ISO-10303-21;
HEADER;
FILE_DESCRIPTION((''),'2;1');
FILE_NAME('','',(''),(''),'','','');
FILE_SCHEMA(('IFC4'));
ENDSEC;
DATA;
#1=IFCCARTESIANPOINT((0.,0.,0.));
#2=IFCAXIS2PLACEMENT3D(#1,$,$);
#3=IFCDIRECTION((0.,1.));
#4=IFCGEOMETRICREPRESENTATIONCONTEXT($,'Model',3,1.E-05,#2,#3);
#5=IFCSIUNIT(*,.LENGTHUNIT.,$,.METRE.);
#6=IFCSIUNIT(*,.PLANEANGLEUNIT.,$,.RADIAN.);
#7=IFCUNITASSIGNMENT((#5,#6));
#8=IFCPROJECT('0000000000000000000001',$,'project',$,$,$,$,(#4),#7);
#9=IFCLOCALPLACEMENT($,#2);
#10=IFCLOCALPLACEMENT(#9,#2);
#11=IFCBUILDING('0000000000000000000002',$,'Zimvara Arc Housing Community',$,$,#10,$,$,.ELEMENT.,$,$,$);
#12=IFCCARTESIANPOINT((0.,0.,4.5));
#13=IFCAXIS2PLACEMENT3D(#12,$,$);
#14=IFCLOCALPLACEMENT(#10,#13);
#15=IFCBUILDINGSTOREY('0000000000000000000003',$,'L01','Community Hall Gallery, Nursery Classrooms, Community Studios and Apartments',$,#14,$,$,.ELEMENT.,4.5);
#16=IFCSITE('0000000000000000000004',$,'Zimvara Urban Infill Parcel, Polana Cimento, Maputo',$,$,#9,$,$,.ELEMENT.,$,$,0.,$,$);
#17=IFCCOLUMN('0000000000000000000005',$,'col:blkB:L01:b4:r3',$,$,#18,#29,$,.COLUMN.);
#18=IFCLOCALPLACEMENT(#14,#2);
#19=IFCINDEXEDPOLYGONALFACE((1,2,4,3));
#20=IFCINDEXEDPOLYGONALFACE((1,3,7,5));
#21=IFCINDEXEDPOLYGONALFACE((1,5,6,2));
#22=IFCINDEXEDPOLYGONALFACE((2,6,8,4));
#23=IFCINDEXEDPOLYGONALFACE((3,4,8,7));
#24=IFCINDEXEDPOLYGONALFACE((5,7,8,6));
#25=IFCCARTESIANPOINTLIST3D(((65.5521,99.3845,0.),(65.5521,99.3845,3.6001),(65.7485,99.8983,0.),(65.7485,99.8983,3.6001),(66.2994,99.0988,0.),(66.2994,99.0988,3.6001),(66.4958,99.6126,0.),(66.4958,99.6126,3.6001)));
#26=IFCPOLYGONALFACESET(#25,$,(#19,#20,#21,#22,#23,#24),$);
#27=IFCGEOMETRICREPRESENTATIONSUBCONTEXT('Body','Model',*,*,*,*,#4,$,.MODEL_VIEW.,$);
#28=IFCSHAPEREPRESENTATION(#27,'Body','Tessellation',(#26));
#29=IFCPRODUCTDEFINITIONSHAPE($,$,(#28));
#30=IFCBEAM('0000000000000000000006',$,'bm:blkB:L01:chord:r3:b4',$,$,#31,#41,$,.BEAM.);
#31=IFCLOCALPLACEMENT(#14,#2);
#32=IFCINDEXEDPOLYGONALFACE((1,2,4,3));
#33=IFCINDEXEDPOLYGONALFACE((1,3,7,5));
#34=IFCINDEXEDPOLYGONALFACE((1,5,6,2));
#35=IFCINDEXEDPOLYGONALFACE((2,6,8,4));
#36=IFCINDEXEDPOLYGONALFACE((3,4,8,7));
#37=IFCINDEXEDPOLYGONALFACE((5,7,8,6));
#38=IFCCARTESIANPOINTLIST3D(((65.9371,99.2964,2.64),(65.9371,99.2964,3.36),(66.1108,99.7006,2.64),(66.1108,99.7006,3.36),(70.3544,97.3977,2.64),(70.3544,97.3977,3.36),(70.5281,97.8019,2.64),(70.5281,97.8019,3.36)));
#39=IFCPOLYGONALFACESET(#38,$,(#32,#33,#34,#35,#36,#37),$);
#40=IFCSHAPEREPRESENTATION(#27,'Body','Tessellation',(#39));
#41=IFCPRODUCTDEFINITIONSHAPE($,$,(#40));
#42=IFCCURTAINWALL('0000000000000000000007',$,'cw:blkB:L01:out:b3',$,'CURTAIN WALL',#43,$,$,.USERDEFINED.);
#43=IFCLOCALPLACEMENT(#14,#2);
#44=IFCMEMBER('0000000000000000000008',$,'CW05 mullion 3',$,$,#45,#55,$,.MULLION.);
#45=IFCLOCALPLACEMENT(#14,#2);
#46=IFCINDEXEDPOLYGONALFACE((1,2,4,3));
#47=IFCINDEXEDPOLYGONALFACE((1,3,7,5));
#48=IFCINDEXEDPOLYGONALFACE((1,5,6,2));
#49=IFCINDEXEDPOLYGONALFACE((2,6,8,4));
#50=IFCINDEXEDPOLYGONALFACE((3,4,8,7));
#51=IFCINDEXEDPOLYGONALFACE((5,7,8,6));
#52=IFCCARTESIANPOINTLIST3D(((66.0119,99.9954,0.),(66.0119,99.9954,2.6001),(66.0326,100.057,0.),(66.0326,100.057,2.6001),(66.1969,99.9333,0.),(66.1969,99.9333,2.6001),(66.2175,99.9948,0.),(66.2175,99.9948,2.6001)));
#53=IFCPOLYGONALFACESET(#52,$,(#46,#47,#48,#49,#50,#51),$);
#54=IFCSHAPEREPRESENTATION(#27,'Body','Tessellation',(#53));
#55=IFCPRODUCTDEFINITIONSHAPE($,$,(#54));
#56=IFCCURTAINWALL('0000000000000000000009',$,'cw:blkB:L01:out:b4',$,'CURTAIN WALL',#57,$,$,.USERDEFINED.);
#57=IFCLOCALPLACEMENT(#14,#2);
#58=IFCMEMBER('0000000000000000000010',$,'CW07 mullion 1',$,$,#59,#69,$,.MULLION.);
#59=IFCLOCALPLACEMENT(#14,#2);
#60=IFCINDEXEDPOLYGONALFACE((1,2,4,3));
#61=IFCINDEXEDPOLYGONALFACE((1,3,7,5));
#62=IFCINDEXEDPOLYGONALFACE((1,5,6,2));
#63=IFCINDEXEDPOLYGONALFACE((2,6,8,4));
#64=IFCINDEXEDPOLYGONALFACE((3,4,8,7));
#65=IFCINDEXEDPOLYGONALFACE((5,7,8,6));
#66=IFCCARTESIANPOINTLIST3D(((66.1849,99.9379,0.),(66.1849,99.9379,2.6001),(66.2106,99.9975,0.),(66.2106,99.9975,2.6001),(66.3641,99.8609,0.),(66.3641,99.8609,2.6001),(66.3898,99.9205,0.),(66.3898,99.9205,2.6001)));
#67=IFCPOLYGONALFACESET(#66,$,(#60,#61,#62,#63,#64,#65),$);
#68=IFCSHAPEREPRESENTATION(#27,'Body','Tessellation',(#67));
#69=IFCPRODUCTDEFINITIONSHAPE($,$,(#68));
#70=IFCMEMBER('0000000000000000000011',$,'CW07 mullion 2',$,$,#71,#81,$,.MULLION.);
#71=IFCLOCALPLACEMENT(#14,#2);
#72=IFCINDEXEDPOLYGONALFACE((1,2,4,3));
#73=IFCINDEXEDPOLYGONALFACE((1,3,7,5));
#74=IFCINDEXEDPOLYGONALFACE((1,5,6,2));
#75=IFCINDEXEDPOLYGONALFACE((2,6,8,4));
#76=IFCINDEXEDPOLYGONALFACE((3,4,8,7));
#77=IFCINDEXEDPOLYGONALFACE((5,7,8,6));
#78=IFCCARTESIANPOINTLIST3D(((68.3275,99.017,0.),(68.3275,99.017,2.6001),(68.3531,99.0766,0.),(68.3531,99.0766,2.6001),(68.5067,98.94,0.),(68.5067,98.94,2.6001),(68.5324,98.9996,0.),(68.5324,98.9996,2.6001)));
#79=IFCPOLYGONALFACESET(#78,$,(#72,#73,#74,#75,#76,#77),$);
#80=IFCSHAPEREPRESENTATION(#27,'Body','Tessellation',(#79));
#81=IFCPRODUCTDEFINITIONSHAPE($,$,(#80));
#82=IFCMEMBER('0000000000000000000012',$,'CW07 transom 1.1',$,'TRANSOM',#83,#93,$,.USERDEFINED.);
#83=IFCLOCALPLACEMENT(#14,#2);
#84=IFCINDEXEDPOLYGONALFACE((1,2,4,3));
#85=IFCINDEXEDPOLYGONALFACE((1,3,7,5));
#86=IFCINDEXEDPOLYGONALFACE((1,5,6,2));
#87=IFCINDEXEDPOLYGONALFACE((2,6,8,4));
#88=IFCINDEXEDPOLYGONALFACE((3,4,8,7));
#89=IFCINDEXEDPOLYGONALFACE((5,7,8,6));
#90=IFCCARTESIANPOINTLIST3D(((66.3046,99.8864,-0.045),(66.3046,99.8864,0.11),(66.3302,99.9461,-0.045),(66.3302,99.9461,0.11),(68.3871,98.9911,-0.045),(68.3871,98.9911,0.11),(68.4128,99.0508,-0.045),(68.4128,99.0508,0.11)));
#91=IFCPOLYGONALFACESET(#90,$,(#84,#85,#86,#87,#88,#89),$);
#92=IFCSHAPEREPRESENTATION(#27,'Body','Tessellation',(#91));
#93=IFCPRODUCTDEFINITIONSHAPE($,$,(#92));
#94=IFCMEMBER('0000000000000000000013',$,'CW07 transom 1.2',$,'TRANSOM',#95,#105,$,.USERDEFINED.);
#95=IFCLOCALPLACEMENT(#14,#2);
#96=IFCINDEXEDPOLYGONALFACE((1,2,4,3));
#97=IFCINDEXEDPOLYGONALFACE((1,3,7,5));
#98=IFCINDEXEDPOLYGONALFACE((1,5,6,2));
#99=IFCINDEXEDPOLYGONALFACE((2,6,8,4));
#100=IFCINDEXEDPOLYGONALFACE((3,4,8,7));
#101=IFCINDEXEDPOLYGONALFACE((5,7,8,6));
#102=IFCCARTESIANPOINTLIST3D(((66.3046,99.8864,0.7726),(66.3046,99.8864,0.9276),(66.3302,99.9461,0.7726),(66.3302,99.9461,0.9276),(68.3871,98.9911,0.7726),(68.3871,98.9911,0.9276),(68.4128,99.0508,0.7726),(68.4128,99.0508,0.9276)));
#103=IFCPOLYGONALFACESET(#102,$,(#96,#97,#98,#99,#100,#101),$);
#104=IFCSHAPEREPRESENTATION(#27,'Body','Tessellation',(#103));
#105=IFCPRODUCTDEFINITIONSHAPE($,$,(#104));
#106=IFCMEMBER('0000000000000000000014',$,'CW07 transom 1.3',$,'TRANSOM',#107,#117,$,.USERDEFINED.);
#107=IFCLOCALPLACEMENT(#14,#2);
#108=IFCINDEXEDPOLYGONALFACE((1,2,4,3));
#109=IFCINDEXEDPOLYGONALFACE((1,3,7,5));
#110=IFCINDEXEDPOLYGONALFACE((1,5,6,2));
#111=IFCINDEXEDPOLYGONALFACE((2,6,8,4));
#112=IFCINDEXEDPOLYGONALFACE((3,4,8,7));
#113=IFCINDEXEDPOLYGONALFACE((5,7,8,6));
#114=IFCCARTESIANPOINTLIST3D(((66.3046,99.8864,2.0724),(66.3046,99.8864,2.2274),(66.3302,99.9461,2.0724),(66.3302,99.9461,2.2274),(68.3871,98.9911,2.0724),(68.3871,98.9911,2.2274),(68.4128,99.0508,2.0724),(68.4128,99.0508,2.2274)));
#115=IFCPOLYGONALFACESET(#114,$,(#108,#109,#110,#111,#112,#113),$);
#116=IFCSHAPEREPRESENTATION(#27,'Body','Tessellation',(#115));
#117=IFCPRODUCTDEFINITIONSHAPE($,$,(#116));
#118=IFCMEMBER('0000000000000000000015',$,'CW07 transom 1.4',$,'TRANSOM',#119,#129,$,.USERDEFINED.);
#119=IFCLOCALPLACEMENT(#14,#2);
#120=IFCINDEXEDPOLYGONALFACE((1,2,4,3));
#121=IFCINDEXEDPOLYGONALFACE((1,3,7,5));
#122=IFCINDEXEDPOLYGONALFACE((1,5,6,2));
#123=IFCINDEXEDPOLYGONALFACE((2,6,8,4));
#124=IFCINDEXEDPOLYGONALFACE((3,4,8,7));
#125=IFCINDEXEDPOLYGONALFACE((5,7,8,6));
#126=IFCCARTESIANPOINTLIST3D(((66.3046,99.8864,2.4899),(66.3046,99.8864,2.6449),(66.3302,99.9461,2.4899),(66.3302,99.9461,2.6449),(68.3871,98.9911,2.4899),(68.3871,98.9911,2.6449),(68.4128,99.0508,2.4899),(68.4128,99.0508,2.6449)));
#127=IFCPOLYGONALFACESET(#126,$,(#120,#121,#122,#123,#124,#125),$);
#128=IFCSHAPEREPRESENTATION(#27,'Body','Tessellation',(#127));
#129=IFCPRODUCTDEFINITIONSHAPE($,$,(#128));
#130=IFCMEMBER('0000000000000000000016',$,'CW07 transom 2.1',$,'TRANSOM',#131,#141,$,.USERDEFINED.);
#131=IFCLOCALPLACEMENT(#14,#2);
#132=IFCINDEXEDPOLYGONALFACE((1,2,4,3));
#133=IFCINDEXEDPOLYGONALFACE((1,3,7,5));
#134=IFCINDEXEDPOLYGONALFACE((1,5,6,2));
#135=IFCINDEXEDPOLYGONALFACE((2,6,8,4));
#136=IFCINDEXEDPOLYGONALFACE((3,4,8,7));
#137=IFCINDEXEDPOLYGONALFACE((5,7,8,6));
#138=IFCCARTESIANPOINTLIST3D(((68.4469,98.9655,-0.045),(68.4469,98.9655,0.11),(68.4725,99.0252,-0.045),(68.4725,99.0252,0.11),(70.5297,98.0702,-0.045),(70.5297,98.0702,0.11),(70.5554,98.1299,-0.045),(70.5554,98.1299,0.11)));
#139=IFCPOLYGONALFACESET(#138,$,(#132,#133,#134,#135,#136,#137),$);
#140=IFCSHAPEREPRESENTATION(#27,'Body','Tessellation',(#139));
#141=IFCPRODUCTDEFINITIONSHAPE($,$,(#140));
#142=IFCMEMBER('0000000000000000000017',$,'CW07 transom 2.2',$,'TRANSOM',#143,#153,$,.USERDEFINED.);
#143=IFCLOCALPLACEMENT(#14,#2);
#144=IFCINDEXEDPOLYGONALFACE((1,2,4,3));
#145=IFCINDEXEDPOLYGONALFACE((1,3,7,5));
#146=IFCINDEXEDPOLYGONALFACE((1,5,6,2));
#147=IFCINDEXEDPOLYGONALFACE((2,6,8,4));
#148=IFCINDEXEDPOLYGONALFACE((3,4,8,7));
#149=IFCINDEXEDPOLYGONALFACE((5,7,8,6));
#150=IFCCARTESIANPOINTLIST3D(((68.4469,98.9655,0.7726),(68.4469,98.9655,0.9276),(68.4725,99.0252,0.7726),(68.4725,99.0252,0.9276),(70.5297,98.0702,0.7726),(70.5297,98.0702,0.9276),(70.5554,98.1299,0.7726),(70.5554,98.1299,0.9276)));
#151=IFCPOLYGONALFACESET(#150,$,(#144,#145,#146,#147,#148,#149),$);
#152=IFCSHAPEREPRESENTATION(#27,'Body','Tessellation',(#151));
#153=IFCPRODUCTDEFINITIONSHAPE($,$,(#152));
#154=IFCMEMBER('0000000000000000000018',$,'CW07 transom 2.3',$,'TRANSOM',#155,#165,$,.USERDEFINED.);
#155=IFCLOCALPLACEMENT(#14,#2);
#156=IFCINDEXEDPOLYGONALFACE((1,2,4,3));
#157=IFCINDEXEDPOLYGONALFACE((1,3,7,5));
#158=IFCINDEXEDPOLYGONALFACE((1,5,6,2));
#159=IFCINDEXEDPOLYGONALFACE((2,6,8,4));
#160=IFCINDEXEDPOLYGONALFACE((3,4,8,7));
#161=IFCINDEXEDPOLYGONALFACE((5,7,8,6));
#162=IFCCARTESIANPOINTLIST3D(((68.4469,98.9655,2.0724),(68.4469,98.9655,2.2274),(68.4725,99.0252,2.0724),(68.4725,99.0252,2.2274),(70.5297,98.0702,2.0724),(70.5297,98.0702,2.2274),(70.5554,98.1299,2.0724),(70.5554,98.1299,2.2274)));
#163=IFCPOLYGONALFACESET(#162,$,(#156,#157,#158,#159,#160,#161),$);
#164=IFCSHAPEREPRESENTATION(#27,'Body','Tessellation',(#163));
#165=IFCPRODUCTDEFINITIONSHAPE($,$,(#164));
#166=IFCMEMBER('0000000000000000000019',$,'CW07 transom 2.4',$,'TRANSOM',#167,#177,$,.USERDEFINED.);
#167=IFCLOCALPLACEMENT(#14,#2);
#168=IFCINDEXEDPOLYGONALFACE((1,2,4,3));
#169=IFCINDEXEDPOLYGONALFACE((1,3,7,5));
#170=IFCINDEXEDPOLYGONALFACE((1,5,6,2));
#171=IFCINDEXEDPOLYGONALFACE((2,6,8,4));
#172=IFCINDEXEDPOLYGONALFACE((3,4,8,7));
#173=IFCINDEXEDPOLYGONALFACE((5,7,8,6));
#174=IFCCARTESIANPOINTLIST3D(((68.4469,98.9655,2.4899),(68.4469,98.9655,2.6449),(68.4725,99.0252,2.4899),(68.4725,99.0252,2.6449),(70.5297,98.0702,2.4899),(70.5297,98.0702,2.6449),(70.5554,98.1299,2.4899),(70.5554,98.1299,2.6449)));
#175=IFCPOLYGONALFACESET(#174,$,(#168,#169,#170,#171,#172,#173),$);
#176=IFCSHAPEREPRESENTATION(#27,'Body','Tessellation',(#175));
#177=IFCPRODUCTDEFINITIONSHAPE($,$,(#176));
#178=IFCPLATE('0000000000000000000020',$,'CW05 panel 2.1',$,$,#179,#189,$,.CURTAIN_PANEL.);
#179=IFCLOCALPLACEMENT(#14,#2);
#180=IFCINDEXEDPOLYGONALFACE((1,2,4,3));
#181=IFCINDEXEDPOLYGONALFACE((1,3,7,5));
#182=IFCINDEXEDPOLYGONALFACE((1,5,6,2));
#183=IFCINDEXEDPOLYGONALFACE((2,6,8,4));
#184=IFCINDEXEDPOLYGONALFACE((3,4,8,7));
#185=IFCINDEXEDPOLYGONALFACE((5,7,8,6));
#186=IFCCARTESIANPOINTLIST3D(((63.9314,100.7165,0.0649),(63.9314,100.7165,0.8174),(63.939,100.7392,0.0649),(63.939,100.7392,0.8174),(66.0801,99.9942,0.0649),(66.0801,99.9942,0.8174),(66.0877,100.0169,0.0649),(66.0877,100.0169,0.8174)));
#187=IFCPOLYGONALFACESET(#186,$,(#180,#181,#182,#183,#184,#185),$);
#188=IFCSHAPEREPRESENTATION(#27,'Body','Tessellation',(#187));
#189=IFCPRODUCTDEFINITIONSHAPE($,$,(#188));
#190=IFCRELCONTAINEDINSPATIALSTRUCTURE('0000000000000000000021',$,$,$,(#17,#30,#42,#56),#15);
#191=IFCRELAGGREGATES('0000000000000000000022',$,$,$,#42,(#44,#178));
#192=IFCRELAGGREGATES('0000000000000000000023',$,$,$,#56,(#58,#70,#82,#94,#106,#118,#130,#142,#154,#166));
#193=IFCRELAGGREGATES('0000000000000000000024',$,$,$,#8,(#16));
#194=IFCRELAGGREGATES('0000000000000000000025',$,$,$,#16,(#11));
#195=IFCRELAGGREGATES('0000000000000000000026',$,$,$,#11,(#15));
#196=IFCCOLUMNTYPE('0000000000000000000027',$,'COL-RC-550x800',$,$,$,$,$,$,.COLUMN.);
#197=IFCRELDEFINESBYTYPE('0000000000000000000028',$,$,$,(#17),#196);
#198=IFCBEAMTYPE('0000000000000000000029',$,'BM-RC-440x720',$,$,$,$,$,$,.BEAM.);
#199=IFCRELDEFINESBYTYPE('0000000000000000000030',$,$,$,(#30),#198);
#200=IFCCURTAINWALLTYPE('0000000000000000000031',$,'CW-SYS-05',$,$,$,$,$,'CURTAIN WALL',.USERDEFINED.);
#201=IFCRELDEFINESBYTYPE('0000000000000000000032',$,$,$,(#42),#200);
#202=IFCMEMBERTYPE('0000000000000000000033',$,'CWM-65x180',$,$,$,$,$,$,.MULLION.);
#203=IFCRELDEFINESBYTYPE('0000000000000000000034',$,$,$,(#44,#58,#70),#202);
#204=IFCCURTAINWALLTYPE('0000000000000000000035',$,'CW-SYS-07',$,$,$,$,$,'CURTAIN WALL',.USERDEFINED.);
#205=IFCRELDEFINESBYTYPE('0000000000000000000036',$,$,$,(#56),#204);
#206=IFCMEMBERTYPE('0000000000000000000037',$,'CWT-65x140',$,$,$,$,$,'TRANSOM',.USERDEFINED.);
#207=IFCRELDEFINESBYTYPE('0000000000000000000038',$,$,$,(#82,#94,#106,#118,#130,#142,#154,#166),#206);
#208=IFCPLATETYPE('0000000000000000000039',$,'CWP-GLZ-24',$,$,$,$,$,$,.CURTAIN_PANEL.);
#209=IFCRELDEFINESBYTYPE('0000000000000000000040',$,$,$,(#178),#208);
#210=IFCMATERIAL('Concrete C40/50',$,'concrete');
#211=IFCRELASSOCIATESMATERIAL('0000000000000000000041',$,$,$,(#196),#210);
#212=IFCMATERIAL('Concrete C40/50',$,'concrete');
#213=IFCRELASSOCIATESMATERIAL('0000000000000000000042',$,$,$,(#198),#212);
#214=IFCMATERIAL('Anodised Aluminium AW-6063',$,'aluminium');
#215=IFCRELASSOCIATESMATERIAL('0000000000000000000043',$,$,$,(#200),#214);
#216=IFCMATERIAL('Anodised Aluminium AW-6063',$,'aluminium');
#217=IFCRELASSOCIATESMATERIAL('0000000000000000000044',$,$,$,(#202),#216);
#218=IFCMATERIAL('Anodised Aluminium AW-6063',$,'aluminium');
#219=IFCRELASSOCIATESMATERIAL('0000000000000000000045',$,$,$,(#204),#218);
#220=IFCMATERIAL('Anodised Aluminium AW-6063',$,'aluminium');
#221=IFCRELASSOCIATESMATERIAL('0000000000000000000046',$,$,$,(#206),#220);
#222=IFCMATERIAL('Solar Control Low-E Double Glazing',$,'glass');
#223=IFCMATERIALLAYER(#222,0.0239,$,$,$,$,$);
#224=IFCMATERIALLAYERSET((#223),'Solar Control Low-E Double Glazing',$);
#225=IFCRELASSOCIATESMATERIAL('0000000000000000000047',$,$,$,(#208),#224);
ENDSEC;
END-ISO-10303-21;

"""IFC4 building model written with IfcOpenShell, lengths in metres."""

from ifc_helpers import new_model, si_unit, direction, frame, origin, origin_2d, place, context, subcontext, project, spatial, rectangle, extrude, material, layer, layer_set, material_profile, profile_set, type_object, element, aggregate, save


model = new_model("IFC4")

# Units and contexts
model_context = context("Model", 3, precision=1e-05, world=origin(), true_north=direction((0.0, 1.0)))
body_context = subcontext(model_context, "Body", "Model", "MODEL_VIEW")
ifc_project = project(units=[si_unit("LENGTHUNIT", "METRE"), si_unit("PLANEANGLEUNIT", "RADIAN")], contexts=[model_context])

# Site, building, storey
site_placement = place(None, origin())
site = spatial("IfcSite", under=ifc_project, at=site_placement, Name="Zimvara Urban Infill Parcel, Polana Cimento, Maputo", CompositionType="ELEMENT", RefElevation=0.0)
building_placement = place(site_placement, origin())
building = spatial("IfcBuilding", under=site, at=building_placement, Name="Zimvara Arc Housing Community", CompositionType="ELEMENT")
storey_placement = place(building_placement, frame((0.0, 0.0, 4.5)))
storey = spatial("IfcBuildingStorey", under=building, at=storey_placement, Name="L01", Description="Community Hall Gallery, Nursery Classrooms, Community Studios and Apartments", CompositionType="ELEMENT", Elevation=4.5)

# Column
ifc_material_1 = material(Name="Concrete C40/50", Category="concrete")
ifc_material_profile_1 = material_profile(ifc_material_1, rectangle(XDim=0.55, YDim=0.8, at=origin_2d()), Name="RC 550x800")
ifc_profile_set_1 = profile_set([ifc_material_profile_1], Name="Concrete C40/50")
column_type = type_object("IfcColumnType", Name="COL-RC-550x800", PredefinedType="COLUMN", material=ifc_profile_set_1)
column_placement = place(storey_placement, frame((66.0239, 99.4985, 0.0), z_axis=(0.0, 0.0, 1.0), x_axis=(0.357064, 0.93408, 0.0)))
element("IfcColumn", 1, at=column_placement, inside=storey, type_object=column_type, Name="col:blkB:L01:b4:r3", PredefinedType="COLUMN", context=body_context, shape_type="SweptSolid", body=[
    extrude(rectangle(XDim=0.55, YDim=0.8, at=origin_2d()), origin(), (0.0, 0.0, 1.0), 3.6001),
])

# Beam
ifc_material_2 = material(Name="Concrete C40/50", Category="concrete")
ifc_material_profile_2 = material_profile(ifc_material_2, rectangle(XDim=0.4399, YDim=0.72, at=origin_2d()), Name="RC 440x720")
ifc_profile_set_2 = profile_set([ifc_material_profile_2], Name="Concrete C40/50")
beam_type = type_object("IfcBeamType", Name="BM-RC-440x720", PredefinedType="BEAM", material=ifc_profile_set_2)
beam_placement = place(storey_placement, frame((66.0239, 99.4985, 3.0), z_axis=(0.918724, -0.3949, 0.0), x_axis=(0.3949, 0.918724, 0.0)))
element("IfcBeam", 2, at=beam_placement, inside=storey, type_object=beam_type, Name="bm:blkB:L01:chord:r3:b4", PredefinedType="BEAM", context=body_context, shape_type="SweptSolid", body=[
    extrude(rectangle(XDim=0.4399, YDim=0.72, at=origin_2d()), origin(), (0.0, 0.0, 1.0), 4.8081),
])

# Curtain wall, member
ifc_material_3 = material(Name="Anodised Aluminium AW-6063", Category="aluminium")
curtain_wall_type_1 = type_object("IfcCurtainWallType", Name="CW-SYS-05", ElementType="CURTAIN WALL", PredefinedType="USERDEFINED", material=ifc_material_3)
curtain_wall_1_placement = place(storey_placement, origin())
curtain_wall_1 = element("IfcCurtainWall", 3, at=curtain_wall_1_placement, inside=storey, type_object=curtain_wall_type_1, Name="cw:blkB:L01:out:b3", ObjectType="CURTAIN WALL", PredefinedType="USERDEFINED")
ifc_material_4 = material(Name="Anodised Aluminium AW-6063", Category="aluminium")
ifc_material_profile_3 = material_profile(ifc_material_4, rectangle(XDim=0.0649, YDim=0.1951, at=origin_2d()), Name="ALU 65x195")
ifc_profile_set_3 = profile_set([ifc_material_profile_3], Name="Anodised Aluminium AW-6063")
member_type_1 = type_object("IfcMemberType", Name="CWM-65x180", PredefinedType="MULLION", material=ifc_profile_set_3)
member_1_placement = place(storey_placement, frame((66.1147, 99.9951, 0.0), z_axis=(0.0, 0.0, 1.0), x_axis=(0.318629, 0.94788, 0.0)))
member_1 = element("IfcMember", 4, at=member_1_placement, type_object=member_type_1, Name="CW05 mullion 3", PredefinedType="MULLION", context=body_context, shape_type="SweptSolid", body=[
    extrude(rectangle(XDim=0.0649, YDim=0.1951, at=origin_2d()), origin(), (0.0, 0.0, 1.0), 2.6001),
])

# Curtain wall, members
ifc_material_5 = material(Name="Anodised Aluminium AW-6063", Category="aluminium")
curtain_wall_type_2 = type_object("IfcCurtainWallType", Name="CW-SYS-07", ElementType="CURTAIN WALL", PredefinedType="USERDEFINED", material=ifc_material_5)
curtain_wall_2_placement = place(storey_placement, origin())
curtain_wall_2 = element("IfcCurtainWall", 5, at=curtain_wall_2_placement, inside=storey, type_object=curtain_wall_type_2, Name="cw:blkB:L01:out:b4", ObjectType="CURTAIN WALL", PredefinedType="USERDEFINED")
member_2_placement = place(storey_placement, frame((66.2874, 99.9292, 0.0), z_axis=(0.0, 0.0, 1.0), x_axis=(0.394904, 0.918722, 0.0)))
member_2 = element("IfcMember", 6, at=member_2_placement, type_object=member_type_1, Name="CW07 mullion 1", PredefinedType="MULLION", context=body_context, shape_type="SweptSolid", body=[
    extrude(rectangle(XDim=0.0649, YDim=0.1951, at=origin_2d()), origin(), (0.0, 0.0, 1.0), 2.6001),
])
member_3_placement = place(storey_placement, frame((68.4299, 99.0083, 0.0), z_axis=(0.0, 0.0, 1.0), x_axis=(0.394904, 0.918722, 0.0)))
member_3 = element("IfcMember", 7, at=member_3_placement, type_object=member_type_1, Name="CW07 mullion 2", PredefinedType="MULLION", context=body_context, shape_type="SweptSolid", body=[
    extrude(rectangle(XDim=0.0649, YDim=0.1951, at=origin_2d()), origin(), (0.0, 0.0, 1.0), 2.6001),
])
ifc_material_6 = material(Name="Anodised Aluminium AW-6063", Category="aluminium")
ifc_material_profile_4 = material_profile(ifc_material_6, rectangle(XDim=0.0649, YDim=0.155, at=origin_2d()), Name="ALU 65x155")
ifc_profile_set_4 = profile_set([ifc_material_profile_4], Name="Anodised Aluminium AW-6063")
member_type_2 = type_object("IfcMemberType", Name="CWT-65x140", ElementType="TRANSOM", PredefinedType="USERDEFINED", material=ifc_profile_set_4)
member_4_placement = place(storey_placement, frame((66.3174, 99.9163, 0.0325), z_axis=(0.918704, -0.394946, 0.0), x_axis=(0.394946, 0.918704, 0.0)))
member_4 = element("IfcMember", 8, at=member_4_placement, type_object=member_type_2, Name="CW07 transom 1.1", ObjectType="TRANSOM", PredefinedType="USERDEFINED", context=body_context, shape_type="SweptSolid", body=[
    extrude(rectangle(XDim=0.0649, YDim=0.155, at=origin_2d()), origin(), (0.0, 0.0, 1.0), 2.2668),
])
member_5_placement = place(storey_placement, frame((66.3174, 99.9163, 0.8501), z_axis=(0.918704, -0.394946, 0.0), x_axis=(0.394946, 0.918704, 0.0)))
member_5 = element("IfcMember", 9, at=member_5_placement, type_object=member_type_2, Name="CW07 transom 1.2", ObjectType="TRANSOM", PredefinedType="USERDEFINED", context=body_context, shape_type="SweptSolid", body=[
    extrude(rectangle(XDim=0.0649, YDim=0.155, at=origin_2d()), origin(), (0.0, 0.0, 1.0), 2.2668),
])
member_6_placement = place(storey_placement, frame((66.3174, 99.9163, 2.1499), z_axis=(0.918704, -0.394946, 0.0), x_axis=(0.394946, 0.918704, 0.0)))
member_6 = element("IfcMember", 10, at=member_6_placement, type_object=member_type_2, Name="CW07 transom 1.3", ObjectType="TRANSOM", PredefinedType="USERDEFINED", context=body_context, shape_type="SweptSolid", body=[
    extrude(rectangle(XDim=0.0649, YDim=0.155, at=origin_2d()), origin(), (0.0, 0.0, 1.0), 2.2668),
])
member_7_placement = place(storey_placement, frame((66.3174, 99.9163, 2.5674), z_axis=(0.918704, -0.394946, 0.0), x_axis=(0.394946, 0.918704, 0.0)))
member_7 = element("IfcMember", 11, at=member_7_placement, type_object=member_type_2, Name="CW07 transom 1.4", ObjectType="TRANSOM", PredefinedType="USERDEFINED", context=body_context, shape_type="SweptSolid", body=[
    extrude(rectangle(XDim=0.0649, YDim=0.155, at=origin_2d()), origin(), (0.0, 0.0, 1.0), 2.2668),
])
member_8_placement = place(storey_placement, frame((68.4597, 98.9954, 0.0325), z_axis=(0.918721, -0.394907, 0.0), x_axis=(0.394907, 0.918721, 0.0)))
member_8 = element("IfcMember", 12, at=member_8_placement, type_object=member_type_2, Name="CW07 transom 2.1", ObjectType="TRANSOM", PredefinedType="USERDEFINED", context=body_context, shape_type="SweptSolid", body=[
    extrude(rectangle(XDim=0.0649, YDim=0.155, at=origin_2d()), origin(), (0.0, 0.0, 1.0), 2.2671),
])
member_9_placement = place(storey_placement, frame((68.4597, 98.9954, 0.8501), z_axis=(0.918721, -0.394907, 0.0), x_axis=(0.394907, 0.918721, 0.0)))
member_9 = element("IfcMember", 13, at=member_9_placement, type_object=member_type_2, Name="CW07 transom 2.2", ObjectType="TRANSOM", PredefinedType="USERDEFINED", context=body_context, shape_type="SweptSolid", body=[
    extrude(rectangle(XDim=0.0649, YDim=0.155, at=origin_2d()), origin(), (0.0, 0.0, 1.0), 2.2671),
])
member_10_placement = place(storey_placement, frame((68.4597, 98.9954, 2.1499), z_axis=(0.918721, -0.394907, 0.0), x_axis=(0.394907, 0.918721, 0.0)))
member_10 = element("IfcMember", 14, at=member_10_placement, type_object=member_type_2, Name="CW07 transom 2.3", ObjectType="TRANSOM", PredefinedType="USERDEFINED", context=body_context, shape_type="SweptSolid", body=[
    extrude(rectangle(XDim=0.0649, YDim=0.155, at=origin_2d()), origin(), (0.0, 0.0, 1.0), 2.2671),
])
member_11_placement = place(storey_placement, frame((68.4597, 98.9954, 2.5674), z_axis=(0.918721, -0.394907, 0.0), x_axis=(0.394907, 0.918721, 0.0)))
member_11 = element("IfcMember", 15, at=member_11_placement, type_object=member_type_2, Name="CW07 transom 2.4", ObjectType="TRANSOM", PredefinedType="USERDEFINED", context=body_context, shape_type="SweptSolid", body=[
    extrude(rectangle(XDim=0.0649, YDim=0.155, at=origin_2d()), origin(), (0.0, 0.0, 1.0), 2.2671),
])

# Plate
ifc_material_7 = material(Name="Solar Control Low-E Double Glazing", Category="glass")
ifc_layer_1 = layer(ifc_material_7, 0.0239)
ifc_layer_set_1 = layer_set([ifc_layer_1], Name="Solar Control Low-E Double Glazing")
plate_type_1 = type_object("IfcPlateType", Name="CWP-GLZ-24", PredefinedType="CURTAIN_PANEL", material=ifc_layer_set_1)
plate_1_placement = place(storey_placement, frame((65.0095, 100.3667, 0.0649), z_axis=(0.0, 0.0, 1.0), x_axis=(0.94788, -0.318629, 0.0)))
plate_1 = element("IfcPlate", 16, at=plate_1_placement, type_object=plate_type_1, Name="CW05 panel 2.1", PredefinedType="CURTAIN_PANEL", context=body_context, shape_type="SweptSolid", body=[
    extrude(rectangle(XDim=2.2668, YDim=0.0239, at=origin_2d()), origin(), (0.0, 0.0, 1.0), 0.7524),
])
aggregate(curtain_wall_1, [member_1, plate_1])
aggregate(curtain_wall_2, [member_2, member_3, member_4, member_5, member_6, member_7, member_8, member_9, member_10, member_11])

save(model, "model.ifc")
